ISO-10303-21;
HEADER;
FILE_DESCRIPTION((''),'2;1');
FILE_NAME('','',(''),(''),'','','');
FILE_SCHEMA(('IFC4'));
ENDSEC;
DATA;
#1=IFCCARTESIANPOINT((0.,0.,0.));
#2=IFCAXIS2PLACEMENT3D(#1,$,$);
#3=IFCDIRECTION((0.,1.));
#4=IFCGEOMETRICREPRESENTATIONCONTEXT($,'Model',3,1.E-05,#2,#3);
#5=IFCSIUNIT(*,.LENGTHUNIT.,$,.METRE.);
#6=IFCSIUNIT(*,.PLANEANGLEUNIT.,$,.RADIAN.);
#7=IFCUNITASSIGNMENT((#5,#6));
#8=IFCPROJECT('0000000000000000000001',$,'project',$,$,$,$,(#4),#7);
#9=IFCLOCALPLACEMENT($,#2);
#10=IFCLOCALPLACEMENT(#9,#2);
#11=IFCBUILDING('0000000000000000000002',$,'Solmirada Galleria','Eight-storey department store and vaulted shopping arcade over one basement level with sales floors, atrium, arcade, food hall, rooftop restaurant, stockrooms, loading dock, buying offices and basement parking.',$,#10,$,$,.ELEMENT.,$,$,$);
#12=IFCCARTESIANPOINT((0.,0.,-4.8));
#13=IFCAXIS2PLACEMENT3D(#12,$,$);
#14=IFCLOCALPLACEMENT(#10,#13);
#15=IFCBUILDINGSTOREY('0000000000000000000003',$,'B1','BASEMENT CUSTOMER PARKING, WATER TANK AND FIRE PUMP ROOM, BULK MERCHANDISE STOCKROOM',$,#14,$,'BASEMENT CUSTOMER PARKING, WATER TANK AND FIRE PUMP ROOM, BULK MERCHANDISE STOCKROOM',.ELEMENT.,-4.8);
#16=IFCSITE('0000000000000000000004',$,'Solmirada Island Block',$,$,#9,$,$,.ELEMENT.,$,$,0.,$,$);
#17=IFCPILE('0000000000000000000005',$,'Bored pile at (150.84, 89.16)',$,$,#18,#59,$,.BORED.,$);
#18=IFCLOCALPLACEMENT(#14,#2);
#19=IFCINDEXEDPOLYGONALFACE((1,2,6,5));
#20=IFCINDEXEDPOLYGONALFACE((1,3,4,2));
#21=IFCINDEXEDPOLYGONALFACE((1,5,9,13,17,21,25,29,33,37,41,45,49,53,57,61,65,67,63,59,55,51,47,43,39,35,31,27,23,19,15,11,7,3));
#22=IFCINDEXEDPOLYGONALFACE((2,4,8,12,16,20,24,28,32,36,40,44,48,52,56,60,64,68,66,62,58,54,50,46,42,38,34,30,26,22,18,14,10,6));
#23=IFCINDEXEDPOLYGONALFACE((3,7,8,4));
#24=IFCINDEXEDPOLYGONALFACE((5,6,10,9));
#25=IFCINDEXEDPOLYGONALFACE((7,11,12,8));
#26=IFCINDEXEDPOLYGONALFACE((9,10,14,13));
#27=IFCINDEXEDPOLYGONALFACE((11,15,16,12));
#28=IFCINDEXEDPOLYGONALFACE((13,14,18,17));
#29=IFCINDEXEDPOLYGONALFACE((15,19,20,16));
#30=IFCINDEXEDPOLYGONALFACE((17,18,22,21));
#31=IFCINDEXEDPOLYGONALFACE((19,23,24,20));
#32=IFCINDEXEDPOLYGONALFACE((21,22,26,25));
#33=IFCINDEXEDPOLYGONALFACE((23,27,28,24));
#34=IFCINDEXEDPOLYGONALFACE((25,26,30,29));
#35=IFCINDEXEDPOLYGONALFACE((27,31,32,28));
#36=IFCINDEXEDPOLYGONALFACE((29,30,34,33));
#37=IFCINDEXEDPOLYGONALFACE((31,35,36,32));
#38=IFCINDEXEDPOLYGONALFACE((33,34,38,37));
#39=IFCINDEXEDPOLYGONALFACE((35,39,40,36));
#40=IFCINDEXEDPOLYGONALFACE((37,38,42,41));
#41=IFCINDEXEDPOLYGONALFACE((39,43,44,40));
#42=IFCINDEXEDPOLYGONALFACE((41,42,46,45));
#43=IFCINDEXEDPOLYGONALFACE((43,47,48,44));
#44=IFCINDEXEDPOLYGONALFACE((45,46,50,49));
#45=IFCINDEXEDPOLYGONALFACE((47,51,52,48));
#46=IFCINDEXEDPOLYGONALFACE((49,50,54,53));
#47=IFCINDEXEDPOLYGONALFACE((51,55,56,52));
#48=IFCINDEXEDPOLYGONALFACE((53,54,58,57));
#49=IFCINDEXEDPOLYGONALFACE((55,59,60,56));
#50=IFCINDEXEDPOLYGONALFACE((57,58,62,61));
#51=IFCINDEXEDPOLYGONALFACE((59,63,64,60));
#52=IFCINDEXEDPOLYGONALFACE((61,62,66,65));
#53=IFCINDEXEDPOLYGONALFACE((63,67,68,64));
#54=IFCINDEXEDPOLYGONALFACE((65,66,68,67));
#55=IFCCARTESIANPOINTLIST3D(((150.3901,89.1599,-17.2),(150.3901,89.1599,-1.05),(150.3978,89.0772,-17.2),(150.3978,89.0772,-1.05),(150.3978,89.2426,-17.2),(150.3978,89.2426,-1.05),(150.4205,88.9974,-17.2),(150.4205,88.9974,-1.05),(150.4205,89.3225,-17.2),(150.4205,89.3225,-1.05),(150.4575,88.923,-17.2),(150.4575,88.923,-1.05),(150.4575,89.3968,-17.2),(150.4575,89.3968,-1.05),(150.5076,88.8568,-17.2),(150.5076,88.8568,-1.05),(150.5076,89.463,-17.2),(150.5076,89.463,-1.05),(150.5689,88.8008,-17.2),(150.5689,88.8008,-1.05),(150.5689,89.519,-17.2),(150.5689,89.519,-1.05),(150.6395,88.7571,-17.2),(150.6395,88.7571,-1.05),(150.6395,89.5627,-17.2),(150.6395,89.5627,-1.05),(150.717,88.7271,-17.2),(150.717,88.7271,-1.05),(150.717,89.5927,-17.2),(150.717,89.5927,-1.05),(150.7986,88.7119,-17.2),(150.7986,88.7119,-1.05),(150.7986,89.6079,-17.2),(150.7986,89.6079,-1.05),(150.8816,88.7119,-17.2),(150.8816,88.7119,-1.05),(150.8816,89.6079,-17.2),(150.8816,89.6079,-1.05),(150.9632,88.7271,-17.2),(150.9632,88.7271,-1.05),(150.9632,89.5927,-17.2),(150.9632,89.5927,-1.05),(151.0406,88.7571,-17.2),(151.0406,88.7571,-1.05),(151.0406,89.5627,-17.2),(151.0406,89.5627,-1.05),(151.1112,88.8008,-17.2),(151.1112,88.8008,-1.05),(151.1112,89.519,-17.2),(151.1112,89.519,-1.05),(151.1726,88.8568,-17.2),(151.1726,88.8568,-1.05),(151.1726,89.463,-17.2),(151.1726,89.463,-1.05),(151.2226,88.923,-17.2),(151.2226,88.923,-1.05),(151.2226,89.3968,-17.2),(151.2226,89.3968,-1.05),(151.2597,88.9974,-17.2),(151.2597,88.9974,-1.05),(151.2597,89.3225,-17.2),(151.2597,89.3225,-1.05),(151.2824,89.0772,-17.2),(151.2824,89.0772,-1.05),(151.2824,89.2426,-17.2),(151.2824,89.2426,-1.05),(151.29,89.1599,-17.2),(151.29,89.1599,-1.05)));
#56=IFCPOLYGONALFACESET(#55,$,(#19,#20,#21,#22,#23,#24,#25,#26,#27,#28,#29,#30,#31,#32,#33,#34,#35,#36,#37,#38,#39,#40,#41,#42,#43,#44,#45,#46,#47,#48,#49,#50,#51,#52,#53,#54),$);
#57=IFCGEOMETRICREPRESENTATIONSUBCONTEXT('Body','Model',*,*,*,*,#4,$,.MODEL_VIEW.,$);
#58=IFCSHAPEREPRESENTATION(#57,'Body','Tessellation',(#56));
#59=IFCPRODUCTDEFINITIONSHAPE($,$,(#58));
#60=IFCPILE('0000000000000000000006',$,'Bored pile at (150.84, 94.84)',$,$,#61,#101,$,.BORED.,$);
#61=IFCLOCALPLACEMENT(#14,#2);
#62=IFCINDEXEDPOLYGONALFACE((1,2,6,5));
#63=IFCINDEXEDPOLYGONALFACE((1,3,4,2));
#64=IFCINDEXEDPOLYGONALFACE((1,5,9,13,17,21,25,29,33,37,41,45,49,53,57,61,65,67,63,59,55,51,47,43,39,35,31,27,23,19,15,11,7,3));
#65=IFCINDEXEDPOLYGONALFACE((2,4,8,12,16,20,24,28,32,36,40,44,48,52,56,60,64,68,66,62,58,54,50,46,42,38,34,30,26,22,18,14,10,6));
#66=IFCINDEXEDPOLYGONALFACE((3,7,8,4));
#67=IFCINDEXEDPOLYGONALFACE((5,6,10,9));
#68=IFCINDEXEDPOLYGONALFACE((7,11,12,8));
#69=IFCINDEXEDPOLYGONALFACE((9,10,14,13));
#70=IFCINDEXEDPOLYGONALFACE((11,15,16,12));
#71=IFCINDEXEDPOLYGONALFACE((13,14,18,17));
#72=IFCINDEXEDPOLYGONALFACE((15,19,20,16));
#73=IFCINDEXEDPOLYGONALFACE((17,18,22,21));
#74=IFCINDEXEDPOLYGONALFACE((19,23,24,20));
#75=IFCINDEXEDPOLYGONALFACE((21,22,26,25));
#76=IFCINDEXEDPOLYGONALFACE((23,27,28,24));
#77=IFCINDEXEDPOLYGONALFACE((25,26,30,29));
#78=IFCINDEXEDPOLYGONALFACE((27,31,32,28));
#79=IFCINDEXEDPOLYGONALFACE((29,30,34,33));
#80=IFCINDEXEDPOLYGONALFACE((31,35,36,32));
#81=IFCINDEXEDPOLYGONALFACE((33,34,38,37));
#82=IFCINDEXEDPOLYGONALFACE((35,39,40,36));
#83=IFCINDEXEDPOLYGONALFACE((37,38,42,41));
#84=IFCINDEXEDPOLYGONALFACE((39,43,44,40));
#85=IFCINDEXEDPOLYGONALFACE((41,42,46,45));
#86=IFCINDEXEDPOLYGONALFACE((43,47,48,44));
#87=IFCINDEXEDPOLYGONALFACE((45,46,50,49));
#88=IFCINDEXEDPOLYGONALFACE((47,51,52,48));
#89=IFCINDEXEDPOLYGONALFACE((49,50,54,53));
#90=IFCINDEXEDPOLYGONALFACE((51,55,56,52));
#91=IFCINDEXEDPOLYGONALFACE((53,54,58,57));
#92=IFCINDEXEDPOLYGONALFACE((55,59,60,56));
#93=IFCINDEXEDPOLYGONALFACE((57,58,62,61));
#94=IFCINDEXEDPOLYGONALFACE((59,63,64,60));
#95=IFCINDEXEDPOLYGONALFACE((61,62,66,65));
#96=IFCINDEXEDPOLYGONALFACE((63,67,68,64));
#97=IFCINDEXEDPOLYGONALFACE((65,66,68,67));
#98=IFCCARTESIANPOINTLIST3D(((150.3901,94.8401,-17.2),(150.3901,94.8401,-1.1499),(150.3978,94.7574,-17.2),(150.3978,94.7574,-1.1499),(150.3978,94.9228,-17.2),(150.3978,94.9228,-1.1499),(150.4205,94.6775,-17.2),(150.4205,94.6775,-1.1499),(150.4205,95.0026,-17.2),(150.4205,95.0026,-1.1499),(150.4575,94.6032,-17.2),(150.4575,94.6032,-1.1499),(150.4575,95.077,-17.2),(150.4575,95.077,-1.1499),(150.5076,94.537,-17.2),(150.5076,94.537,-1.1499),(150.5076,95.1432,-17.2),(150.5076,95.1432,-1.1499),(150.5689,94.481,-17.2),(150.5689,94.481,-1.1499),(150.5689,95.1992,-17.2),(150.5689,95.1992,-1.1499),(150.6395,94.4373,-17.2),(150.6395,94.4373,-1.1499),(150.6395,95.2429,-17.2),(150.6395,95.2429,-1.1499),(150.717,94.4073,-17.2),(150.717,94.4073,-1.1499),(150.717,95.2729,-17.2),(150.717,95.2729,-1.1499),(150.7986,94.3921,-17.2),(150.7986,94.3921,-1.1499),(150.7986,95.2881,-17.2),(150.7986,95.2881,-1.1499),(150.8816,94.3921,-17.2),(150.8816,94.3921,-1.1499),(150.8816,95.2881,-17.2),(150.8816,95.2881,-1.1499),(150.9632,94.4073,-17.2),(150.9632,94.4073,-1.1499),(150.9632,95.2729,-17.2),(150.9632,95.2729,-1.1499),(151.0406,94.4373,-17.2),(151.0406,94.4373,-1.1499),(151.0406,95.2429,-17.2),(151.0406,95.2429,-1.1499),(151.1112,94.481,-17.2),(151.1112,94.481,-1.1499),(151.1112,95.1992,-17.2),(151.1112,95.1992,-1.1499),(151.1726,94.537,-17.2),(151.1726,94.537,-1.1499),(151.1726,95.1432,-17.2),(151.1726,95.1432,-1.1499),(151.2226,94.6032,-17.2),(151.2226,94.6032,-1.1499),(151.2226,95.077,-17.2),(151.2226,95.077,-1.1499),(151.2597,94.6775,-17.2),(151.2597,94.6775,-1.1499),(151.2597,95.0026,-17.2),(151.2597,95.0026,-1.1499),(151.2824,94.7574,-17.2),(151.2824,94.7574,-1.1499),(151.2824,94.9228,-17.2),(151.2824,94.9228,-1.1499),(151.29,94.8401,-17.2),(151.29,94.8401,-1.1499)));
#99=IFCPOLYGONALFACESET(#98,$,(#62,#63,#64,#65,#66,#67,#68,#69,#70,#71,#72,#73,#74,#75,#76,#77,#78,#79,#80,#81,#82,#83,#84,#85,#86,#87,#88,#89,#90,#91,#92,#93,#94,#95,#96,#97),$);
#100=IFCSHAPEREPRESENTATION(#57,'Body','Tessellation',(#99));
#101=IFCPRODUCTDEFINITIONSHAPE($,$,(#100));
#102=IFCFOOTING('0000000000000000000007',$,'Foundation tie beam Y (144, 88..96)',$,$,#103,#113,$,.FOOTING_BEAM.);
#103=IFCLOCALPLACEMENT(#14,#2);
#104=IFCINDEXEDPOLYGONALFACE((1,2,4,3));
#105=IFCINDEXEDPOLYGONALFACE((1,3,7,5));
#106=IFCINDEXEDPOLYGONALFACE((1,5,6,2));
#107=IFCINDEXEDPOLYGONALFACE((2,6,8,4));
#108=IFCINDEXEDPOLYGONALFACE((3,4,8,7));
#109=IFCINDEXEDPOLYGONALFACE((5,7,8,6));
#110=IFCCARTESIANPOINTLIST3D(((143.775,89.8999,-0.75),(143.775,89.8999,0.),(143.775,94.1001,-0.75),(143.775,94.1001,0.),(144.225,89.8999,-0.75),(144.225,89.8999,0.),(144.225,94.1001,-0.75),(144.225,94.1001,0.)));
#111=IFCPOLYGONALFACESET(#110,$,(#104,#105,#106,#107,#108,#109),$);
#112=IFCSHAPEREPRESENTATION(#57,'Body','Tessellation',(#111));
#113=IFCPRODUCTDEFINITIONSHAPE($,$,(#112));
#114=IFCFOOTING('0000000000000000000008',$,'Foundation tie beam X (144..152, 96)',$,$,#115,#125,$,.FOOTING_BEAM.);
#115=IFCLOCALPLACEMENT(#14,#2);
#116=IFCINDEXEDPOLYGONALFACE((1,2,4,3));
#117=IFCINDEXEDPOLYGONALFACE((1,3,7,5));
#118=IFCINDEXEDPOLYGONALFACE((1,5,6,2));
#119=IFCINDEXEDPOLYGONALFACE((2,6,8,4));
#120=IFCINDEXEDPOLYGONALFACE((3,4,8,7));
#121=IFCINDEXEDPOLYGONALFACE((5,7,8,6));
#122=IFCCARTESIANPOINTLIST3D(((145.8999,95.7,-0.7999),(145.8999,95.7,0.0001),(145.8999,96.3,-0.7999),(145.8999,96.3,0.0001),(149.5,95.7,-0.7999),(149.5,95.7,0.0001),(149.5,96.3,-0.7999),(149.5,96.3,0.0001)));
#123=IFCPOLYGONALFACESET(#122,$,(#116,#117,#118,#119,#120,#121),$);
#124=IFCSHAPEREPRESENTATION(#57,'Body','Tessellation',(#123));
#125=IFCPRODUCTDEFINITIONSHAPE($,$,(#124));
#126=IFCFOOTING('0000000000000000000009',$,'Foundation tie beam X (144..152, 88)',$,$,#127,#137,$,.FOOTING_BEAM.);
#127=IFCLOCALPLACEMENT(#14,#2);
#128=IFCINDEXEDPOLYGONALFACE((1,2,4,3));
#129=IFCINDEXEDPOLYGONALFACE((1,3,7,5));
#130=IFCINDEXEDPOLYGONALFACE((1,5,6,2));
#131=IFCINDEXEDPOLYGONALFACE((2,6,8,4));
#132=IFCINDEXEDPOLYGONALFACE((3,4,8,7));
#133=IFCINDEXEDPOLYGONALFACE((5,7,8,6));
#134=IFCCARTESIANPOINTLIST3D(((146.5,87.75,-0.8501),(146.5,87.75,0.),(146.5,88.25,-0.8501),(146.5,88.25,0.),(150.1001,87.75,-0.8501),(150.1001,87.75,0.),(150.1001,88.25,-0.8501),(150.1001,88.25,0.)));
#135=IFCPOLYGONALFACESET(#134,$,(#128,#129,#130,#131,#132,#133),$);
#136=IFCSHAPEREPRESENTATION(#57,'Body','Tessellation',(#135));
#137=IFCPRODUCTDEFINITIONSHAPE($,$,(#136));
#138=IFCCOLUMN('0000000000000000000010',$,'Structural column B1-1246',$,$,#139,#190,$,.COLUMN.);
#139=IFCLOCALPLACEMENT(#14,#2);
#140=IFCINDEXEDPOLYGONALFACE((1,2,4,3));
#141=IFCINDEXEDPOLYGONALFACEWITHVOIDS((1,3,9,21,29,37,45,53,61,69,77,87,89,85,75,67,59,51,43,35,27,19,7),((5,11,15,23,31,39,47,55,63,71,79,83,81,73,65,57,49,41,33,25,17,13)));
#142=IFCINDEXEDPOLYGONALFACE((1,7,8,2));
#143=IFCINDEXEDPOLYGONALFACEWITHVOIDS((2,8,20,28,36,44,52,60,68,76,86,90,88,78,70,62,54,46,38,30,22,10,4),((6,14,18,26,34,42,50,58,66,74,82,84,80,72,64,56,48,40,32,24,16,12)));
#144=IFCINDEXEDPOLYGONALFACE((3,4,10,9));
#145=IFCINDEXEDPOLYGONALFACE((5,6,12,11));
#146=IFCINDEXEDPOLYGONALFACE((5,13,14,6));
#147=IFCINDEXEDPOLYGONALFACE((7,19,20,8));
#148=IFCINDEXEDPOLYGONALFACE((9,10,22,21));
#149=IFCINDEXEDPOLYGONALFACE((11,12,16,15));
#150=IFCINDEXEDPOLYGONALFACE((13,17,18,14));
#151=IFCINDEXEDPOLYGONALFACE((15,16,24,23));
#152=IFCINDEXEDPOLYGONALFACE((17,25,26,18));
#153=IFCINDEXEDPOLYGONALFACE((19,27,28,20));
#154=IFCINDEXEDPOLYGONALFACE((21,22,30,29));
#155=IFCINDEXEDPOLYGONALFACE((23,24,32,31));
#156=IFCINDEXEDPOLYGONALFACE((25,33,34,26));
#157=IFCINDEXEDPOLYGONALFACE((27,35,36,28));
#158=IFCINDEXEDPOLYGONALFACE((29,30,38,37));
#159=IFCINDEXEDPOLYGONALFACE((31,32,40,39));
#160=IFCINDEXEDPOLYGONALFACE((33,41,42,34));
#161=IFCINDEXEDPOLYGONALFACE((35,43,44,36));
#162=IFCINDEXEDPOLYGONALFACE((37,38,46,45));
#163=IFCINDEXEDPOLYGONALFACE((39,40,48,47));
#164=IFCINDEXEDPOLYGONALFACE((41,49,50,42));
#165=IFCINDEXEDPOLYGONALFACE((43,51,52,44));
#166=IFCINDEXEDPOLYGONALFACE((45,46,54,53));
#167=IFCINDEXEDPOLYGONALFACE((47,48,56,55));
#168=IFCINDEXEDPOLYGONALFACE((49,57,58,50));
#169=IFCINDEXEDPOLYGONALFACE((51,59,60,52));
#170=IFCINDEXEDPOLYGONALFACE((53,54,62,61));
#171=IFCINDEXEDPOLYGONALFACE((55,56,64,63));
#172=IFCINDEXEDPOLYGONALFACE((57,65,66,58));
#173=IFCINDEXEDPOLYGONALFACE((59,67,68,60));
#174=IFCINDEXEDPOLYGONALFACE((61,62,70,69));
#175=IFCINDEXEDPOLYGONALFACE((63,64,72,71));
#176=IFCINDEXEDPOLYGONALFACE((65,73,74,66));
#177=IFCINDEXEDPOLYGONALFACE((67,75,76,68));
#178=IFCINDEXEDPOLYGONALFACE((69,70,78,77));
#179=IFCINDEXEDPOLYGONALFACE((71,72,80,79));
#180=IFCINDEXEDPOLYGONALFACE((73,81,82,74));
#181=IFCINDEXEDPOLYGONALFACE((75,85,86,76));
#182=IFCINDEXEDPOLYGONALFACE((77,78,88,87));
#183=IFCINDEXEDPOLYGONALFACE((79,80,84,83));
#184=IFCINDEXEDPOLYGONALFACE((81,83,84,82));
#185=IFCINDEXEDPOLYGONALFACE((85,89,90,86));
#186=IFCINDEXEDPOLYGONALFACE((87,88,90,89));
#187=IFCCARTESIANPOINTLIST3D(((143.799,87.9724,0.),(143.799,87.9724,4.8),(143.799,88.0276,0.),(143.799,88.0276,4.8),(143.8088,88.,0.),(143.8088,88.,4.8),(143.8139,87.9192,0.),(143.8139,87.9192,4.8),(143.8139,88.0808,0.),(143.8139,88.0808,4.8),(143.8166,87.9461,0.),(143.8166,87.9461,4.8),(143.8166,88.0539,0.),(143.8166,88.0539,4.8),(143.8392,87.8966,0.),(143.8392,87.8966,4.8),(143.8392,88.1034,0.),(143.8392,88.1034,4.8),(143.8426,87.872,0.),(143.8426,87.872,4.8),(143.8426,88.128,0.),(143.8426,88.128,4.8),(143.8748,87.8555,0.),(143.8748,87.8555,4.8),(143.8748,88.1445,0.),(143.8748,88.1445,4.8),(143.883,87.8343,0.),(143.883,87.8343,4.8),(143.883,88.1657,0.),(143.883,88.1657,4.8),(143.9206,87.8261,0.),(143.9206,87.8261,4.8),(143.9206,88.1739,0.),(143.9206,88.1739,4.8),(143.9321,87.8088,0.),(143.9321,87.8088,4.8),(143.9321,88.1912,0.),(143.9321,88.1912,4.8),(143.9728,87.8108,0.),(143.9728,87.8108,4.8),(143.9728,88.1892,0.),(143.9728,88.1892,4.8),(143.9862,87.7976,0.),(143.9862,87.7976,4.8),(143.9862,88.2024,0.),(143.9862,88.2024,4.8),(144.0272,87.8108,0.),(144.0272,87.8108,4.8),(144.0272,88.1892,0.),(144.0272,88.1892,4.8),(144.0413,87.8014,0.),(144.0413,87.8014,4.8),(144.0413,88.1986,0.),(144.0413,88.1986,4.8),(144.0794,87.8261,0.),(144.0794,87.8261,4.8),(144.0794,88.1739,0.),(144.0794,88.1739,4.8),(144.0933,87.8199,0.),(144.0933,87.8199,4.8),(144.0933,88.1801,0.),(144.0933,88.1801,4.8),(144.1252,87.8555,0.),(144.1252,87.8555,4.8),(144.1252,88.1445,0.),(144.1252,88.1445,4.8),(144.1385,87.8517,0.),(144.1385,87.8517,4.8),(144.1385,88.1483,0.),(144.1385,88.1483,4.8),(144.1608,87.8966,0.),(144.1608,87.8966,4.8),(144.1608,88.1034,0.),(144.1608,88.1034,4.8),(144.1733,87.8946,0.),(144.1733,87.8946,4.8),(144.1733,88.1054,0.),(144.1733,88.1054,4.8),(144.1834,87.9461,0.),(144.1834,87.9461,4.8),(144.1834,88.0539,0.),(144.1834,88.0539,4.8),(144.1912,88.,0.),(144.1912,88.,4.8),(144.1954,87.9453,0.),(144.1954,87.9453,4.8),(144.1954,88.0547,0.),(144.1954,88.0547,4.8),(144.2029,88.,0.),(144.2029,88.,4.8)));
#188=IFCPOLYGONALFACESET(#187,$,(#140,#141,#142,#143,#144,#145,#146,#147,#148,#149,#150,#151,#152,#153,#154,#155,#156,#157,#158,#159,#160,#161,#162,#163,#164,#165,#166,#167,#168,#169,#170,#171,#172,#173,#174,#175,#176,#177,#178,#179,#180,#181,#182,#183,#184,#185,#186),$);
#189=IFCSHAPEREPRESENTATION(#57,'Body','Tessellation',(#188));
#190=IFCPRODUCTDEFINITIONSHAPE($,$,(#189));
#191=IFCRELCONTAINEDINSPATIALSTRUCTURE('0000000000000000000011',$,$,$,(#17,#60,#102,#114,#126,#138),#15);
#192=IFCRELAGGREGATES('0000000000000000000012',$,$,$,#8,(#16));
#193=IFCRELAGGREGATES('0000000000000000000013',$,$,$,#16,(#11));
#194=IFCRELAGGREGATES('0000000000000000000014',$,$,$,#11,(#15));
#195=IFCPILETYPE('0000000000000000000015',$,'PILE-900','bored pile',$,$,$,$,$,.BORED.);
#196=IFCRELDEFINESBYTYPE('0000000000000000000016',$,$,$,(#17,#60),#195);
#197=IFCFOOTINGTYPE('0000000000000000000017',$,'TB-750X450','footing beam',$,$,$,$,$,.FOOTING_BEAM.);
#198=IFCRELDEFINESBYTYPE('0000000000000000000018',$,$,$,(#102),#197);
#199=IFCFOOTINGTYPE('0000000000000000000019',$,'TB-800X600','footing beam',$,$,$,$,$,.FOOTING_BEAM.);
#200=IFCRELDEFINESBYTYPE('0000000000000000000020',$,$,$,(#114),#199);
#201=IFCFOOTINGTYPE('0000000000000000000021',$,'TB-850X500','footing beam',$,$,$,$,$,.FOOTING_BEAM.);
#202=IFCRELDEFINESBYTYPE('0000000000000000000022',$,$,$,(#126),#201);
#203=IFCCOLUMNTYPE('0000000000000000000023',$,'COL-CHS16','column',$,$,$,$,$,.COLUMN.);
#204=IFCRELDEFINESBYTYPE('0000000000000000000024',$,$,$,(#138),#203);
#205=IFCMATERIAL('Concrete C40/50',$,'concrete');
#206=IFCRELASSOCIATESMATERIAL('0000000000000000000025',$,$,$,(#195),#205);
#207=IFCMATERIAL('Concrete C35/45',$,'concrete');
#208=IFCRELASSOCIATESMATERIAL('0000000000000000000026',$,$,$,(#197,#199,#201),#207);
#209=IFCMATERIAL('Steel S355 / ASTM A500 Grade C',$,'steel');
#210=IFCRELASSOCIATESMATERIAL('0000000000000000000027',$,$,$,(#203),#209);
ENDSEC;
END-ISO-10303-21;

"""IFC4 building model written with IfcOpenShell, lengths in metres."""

from ifc_helpers import new_model, si_unit, direction, frame, origin, origin_2d, place, context, subcontext, project, spatial, rectangle, circle, hollow_circle, extrude, material, material_profile, profile_set, type_object, element, save


model = new_model("IFC4")

# Units and contexts
model_context = context("Model", 3, precision=1e-05, world=origin(), true_north=direction((0.0, 1.0)))
body_context = subcontext(model_context, "Body", "Model", "MODEL_VIEW")
ifc_project = project(units=[si_unit("LENGTHUNIT", "METRE"), si_unit("PLANEANGLEUNIT", "RADIAN")], contexts=[model_context])

# Site, building, storey
site_placement = place(None, origin())
site = spatial("IfcSite", under=ifc_project, at=site_placement, Name="Solmirada Island Block", CompositionType="ELEMENT", RefElevation=0.0)
building_placement = place(site_placement, origin())
building = spatial("IfcBuilding", under=site, at=building_placement, Name="Solmirada Galleria", Description="Eight-storey department store and vaulted shopping arcade over one basement level with sales floors, atrium, arcade, food hall, rooftop restaurant, stockrooms, loading dock, buying offices and basement parking.", CompositionType="ELEMENT")
storey_placement = place(building_placement, frame((0.0, 0.0, -4.8)))
storey = spatial("IfcBuildingStorey", under=building, at=storey_placement, Name="B1", Description="BASEMENT CUSTOMER PARKING, WATER TANK AND FIRE PUMP ROOM, BULK MERCHANDISE STOCKROOM", LongName="BASEMENT CUSTOMER PARKING, WATER TANK AND FIRE PUMP ROOM, BULK MERCHANDISE STOCKROOM", CompositionType="ELEMENT", Elevation=-4.8)

# Shared definitions
ifc_material_1 = material(Name="Concrete C35/45", Category="concrete")

# Piles
ifc_material_2 = material(Name="Concrete C40/50", Category="concrete")
ifc_material_profile_1 = material_profile(ifc_material_2, circle(Radius=0.45, at=origin_2d()), Name="PILE900")
ifc_profile_set_1 = profile_set([ifc_material_profile_1], Name="Concrete C40/50")
pile_type = type_object("IfcPileType", Name="PILE-900", Description="bored pile", PredefinedType="BORED", material=ifc_profile_set_1)
for number, where, z_axis, x_axis, name in (
    (1, (150.8401, 89.1599, -1.05), (0.0, 0.0, -1.0), (1.0, 0.0, 0.0), "Bored pile at (150.84, 89.16)"),
):
    element("IfcPile", number, at=place(storey_placement, frame(where, z_axis=z_axis, x_axis=x_axis)), inside=storey, type_object=pile_type, Name=name, PredefinedType="BORED", context=body_context, shape_type="SweptSolid", body=[
        extrude(circle(Radius=0.45, at=origin_2d()), origin(), (0.0, 0.0, 1.0), 16.1499),
    ])
pile_placement = place(storey_placement, frame((150.8401, 94.8401, -1.1499), z_axis=(0.0, 0.0, -1.0), x_axis=(1.0, 0.0, 0.0)))
element("IfcPile", 2, at=pile_placement, inside=storey, type_object=pile_type, Name="Bored pile at (150.84, 94.84)", PredefinedType="BORED", context=body_context, shape_type="SweptSolid", body=[
    extrude(circle(Radius=0.45, at=origin_2d()), origin(), (0.0, 0.0, 1.0), 16.05),
])

# Footings
ifc_material_profile_2 = material_profile(ifc_material_1, rectangle(XDim=0.45, YDim=0.75, at=origin_2d()), Name="RC750X450")
ifc_profile_set_2 = profile_set([ifc_material_profile_2], Name="Concrete C35/45")
footing_type_1 = type_object("IfcFootingType", Name="TB-750X450", Description="footing beam", PredefinedType="FOOTING_BEAM", material=ifc_profile_set_2)
footing_1_placement = place(storey_placement, frame((144.0, 89.8999, -0.375), z_axis=(0.0, 1.0, 0.0), x_axis=(-1.0, 0.0, 0.0)))
element("IfcFooting", 3, at=footing_1_placement, inside=storey, type_object=footing_type_1, Name="Foundation tie beam Y (144, 88..96)", PredefinedType="FOOTING_BEAM", context=body_context, shape_type="SweptSolid", body=[
    extrude(rectangle(XDim=0.45, YDim=0.75, at=origin_2d()), origin(), (0.0, 0.0, 1.0), 4.2002),
])
ifc_material_profile_3 = material_profile(ifc_material_1, rectangle(XDim=0.6001, YDim=0.8, at=origin_2d()), Name="RC800X600")
ifc_profile_set_3 = profile_set([ifc_material_profile_3], Name="Concrete C35/45")
footing_type_2 = type_object("IfcFootingType", Name="TB-800X600", Description="footing beam", PredefinedType="FOOTING_BEAM", material=ifc_profile_set_3)
footing_2_placement = place(storey_placement, frame((145.8999, 96.0, -0.3999), z_axis=(1.0, 0.0, 0.0), x_axis=(0.0, 1.0, 0.0)))
element("IfcFooting", 4, at=footing_2_placement, inside=storey, type_object=footing_type_2, Name="Foundation tie beam X (144..152, 96)", PredefinedType="FOOTING_BEAM", context=body_context, shape_type="SweptSolid", body=[
    extrude(rectangle(XDim=0.6001, YDim=0.8, at=origin_2d()), origin(), (0.0, 0.0, 1.0), 3.6001),
])
ifc_material_profile_4 = material_profile(ifc_material_1, rectangle(XDim=0.5, YDim=0.8501, at=origin_2d()), Name="RC850X500")
ifc_profile_set_4 = profile_set([ifc_material_profile_4], Name="Concrete C35/45")
footing_type_3 = type_object("IfcFootingType", Name="TB-850X500", Description="footing beam", PredefinedType="FOOTING_BEAM", material=ifc_profile_set_4)
footing_3_placement = place(storey_placement, frame((146.5, 88.0, -0.425), z_axis=(1.0, 0.0, 0.0), x_axis=(0.0, 1.0, 0.0)))
element("IfcFooting", 5, at=footing_3_placement, inside=storey, type_object=footing_type_3, Name="Foundation tie beam X (144..152, 88)", PredefinedType="FOOTING_BEAM", context=body_context, shape_type="SweptSolid", body=[
    extrude(rectangle(XDim=0.5, YDim=0.8501, at=origin_2d()), origin(), (0.0, 0.0, 1.0), 3.6001),
])

# Column
ifc_material_3 = material(Name="Steel S355 / ASTM A500 Grade C", Category="steel")
ifc_material_profile_5 = material_profile(ifc_material_3, hollow_circle(Radius=0.2029, WallThickness=0.0117, at=origin_2d()), Name="HSS16.000X0.500")
ifc_profile_set_5 = profile_set([ifc_material_profile_5], Name="Steel S355 / ASTM A500 Grade C")
column_type_1 = type_object("IfcColumnType", Name="COL-CHS16", Description="column", PredefinedType="COLUMN", material=ifc_profile_set_5)
column_1_placement = place(storey_placement, frame((144.0, 88.0, 0.0), z_axis=(0.0, 0.0, 1.0), x_axis=(1.0, 0.0, 0.0)))
element("IfcColumn", 6, at=column_1_placement, inside=storey, type_object=column_type_1, Name="Structural column B1-1246", PredefinedType="COLUMN", context=body_context, shape_type="SweptSolid", body=[
    extrude(hollow_circle(Radius=0.2029, WallThickness=0.0117, at=origin_2d()), origin(), (0.0, 0.0, 1.0), 4.8),
])

save(model, "model.ifc")
